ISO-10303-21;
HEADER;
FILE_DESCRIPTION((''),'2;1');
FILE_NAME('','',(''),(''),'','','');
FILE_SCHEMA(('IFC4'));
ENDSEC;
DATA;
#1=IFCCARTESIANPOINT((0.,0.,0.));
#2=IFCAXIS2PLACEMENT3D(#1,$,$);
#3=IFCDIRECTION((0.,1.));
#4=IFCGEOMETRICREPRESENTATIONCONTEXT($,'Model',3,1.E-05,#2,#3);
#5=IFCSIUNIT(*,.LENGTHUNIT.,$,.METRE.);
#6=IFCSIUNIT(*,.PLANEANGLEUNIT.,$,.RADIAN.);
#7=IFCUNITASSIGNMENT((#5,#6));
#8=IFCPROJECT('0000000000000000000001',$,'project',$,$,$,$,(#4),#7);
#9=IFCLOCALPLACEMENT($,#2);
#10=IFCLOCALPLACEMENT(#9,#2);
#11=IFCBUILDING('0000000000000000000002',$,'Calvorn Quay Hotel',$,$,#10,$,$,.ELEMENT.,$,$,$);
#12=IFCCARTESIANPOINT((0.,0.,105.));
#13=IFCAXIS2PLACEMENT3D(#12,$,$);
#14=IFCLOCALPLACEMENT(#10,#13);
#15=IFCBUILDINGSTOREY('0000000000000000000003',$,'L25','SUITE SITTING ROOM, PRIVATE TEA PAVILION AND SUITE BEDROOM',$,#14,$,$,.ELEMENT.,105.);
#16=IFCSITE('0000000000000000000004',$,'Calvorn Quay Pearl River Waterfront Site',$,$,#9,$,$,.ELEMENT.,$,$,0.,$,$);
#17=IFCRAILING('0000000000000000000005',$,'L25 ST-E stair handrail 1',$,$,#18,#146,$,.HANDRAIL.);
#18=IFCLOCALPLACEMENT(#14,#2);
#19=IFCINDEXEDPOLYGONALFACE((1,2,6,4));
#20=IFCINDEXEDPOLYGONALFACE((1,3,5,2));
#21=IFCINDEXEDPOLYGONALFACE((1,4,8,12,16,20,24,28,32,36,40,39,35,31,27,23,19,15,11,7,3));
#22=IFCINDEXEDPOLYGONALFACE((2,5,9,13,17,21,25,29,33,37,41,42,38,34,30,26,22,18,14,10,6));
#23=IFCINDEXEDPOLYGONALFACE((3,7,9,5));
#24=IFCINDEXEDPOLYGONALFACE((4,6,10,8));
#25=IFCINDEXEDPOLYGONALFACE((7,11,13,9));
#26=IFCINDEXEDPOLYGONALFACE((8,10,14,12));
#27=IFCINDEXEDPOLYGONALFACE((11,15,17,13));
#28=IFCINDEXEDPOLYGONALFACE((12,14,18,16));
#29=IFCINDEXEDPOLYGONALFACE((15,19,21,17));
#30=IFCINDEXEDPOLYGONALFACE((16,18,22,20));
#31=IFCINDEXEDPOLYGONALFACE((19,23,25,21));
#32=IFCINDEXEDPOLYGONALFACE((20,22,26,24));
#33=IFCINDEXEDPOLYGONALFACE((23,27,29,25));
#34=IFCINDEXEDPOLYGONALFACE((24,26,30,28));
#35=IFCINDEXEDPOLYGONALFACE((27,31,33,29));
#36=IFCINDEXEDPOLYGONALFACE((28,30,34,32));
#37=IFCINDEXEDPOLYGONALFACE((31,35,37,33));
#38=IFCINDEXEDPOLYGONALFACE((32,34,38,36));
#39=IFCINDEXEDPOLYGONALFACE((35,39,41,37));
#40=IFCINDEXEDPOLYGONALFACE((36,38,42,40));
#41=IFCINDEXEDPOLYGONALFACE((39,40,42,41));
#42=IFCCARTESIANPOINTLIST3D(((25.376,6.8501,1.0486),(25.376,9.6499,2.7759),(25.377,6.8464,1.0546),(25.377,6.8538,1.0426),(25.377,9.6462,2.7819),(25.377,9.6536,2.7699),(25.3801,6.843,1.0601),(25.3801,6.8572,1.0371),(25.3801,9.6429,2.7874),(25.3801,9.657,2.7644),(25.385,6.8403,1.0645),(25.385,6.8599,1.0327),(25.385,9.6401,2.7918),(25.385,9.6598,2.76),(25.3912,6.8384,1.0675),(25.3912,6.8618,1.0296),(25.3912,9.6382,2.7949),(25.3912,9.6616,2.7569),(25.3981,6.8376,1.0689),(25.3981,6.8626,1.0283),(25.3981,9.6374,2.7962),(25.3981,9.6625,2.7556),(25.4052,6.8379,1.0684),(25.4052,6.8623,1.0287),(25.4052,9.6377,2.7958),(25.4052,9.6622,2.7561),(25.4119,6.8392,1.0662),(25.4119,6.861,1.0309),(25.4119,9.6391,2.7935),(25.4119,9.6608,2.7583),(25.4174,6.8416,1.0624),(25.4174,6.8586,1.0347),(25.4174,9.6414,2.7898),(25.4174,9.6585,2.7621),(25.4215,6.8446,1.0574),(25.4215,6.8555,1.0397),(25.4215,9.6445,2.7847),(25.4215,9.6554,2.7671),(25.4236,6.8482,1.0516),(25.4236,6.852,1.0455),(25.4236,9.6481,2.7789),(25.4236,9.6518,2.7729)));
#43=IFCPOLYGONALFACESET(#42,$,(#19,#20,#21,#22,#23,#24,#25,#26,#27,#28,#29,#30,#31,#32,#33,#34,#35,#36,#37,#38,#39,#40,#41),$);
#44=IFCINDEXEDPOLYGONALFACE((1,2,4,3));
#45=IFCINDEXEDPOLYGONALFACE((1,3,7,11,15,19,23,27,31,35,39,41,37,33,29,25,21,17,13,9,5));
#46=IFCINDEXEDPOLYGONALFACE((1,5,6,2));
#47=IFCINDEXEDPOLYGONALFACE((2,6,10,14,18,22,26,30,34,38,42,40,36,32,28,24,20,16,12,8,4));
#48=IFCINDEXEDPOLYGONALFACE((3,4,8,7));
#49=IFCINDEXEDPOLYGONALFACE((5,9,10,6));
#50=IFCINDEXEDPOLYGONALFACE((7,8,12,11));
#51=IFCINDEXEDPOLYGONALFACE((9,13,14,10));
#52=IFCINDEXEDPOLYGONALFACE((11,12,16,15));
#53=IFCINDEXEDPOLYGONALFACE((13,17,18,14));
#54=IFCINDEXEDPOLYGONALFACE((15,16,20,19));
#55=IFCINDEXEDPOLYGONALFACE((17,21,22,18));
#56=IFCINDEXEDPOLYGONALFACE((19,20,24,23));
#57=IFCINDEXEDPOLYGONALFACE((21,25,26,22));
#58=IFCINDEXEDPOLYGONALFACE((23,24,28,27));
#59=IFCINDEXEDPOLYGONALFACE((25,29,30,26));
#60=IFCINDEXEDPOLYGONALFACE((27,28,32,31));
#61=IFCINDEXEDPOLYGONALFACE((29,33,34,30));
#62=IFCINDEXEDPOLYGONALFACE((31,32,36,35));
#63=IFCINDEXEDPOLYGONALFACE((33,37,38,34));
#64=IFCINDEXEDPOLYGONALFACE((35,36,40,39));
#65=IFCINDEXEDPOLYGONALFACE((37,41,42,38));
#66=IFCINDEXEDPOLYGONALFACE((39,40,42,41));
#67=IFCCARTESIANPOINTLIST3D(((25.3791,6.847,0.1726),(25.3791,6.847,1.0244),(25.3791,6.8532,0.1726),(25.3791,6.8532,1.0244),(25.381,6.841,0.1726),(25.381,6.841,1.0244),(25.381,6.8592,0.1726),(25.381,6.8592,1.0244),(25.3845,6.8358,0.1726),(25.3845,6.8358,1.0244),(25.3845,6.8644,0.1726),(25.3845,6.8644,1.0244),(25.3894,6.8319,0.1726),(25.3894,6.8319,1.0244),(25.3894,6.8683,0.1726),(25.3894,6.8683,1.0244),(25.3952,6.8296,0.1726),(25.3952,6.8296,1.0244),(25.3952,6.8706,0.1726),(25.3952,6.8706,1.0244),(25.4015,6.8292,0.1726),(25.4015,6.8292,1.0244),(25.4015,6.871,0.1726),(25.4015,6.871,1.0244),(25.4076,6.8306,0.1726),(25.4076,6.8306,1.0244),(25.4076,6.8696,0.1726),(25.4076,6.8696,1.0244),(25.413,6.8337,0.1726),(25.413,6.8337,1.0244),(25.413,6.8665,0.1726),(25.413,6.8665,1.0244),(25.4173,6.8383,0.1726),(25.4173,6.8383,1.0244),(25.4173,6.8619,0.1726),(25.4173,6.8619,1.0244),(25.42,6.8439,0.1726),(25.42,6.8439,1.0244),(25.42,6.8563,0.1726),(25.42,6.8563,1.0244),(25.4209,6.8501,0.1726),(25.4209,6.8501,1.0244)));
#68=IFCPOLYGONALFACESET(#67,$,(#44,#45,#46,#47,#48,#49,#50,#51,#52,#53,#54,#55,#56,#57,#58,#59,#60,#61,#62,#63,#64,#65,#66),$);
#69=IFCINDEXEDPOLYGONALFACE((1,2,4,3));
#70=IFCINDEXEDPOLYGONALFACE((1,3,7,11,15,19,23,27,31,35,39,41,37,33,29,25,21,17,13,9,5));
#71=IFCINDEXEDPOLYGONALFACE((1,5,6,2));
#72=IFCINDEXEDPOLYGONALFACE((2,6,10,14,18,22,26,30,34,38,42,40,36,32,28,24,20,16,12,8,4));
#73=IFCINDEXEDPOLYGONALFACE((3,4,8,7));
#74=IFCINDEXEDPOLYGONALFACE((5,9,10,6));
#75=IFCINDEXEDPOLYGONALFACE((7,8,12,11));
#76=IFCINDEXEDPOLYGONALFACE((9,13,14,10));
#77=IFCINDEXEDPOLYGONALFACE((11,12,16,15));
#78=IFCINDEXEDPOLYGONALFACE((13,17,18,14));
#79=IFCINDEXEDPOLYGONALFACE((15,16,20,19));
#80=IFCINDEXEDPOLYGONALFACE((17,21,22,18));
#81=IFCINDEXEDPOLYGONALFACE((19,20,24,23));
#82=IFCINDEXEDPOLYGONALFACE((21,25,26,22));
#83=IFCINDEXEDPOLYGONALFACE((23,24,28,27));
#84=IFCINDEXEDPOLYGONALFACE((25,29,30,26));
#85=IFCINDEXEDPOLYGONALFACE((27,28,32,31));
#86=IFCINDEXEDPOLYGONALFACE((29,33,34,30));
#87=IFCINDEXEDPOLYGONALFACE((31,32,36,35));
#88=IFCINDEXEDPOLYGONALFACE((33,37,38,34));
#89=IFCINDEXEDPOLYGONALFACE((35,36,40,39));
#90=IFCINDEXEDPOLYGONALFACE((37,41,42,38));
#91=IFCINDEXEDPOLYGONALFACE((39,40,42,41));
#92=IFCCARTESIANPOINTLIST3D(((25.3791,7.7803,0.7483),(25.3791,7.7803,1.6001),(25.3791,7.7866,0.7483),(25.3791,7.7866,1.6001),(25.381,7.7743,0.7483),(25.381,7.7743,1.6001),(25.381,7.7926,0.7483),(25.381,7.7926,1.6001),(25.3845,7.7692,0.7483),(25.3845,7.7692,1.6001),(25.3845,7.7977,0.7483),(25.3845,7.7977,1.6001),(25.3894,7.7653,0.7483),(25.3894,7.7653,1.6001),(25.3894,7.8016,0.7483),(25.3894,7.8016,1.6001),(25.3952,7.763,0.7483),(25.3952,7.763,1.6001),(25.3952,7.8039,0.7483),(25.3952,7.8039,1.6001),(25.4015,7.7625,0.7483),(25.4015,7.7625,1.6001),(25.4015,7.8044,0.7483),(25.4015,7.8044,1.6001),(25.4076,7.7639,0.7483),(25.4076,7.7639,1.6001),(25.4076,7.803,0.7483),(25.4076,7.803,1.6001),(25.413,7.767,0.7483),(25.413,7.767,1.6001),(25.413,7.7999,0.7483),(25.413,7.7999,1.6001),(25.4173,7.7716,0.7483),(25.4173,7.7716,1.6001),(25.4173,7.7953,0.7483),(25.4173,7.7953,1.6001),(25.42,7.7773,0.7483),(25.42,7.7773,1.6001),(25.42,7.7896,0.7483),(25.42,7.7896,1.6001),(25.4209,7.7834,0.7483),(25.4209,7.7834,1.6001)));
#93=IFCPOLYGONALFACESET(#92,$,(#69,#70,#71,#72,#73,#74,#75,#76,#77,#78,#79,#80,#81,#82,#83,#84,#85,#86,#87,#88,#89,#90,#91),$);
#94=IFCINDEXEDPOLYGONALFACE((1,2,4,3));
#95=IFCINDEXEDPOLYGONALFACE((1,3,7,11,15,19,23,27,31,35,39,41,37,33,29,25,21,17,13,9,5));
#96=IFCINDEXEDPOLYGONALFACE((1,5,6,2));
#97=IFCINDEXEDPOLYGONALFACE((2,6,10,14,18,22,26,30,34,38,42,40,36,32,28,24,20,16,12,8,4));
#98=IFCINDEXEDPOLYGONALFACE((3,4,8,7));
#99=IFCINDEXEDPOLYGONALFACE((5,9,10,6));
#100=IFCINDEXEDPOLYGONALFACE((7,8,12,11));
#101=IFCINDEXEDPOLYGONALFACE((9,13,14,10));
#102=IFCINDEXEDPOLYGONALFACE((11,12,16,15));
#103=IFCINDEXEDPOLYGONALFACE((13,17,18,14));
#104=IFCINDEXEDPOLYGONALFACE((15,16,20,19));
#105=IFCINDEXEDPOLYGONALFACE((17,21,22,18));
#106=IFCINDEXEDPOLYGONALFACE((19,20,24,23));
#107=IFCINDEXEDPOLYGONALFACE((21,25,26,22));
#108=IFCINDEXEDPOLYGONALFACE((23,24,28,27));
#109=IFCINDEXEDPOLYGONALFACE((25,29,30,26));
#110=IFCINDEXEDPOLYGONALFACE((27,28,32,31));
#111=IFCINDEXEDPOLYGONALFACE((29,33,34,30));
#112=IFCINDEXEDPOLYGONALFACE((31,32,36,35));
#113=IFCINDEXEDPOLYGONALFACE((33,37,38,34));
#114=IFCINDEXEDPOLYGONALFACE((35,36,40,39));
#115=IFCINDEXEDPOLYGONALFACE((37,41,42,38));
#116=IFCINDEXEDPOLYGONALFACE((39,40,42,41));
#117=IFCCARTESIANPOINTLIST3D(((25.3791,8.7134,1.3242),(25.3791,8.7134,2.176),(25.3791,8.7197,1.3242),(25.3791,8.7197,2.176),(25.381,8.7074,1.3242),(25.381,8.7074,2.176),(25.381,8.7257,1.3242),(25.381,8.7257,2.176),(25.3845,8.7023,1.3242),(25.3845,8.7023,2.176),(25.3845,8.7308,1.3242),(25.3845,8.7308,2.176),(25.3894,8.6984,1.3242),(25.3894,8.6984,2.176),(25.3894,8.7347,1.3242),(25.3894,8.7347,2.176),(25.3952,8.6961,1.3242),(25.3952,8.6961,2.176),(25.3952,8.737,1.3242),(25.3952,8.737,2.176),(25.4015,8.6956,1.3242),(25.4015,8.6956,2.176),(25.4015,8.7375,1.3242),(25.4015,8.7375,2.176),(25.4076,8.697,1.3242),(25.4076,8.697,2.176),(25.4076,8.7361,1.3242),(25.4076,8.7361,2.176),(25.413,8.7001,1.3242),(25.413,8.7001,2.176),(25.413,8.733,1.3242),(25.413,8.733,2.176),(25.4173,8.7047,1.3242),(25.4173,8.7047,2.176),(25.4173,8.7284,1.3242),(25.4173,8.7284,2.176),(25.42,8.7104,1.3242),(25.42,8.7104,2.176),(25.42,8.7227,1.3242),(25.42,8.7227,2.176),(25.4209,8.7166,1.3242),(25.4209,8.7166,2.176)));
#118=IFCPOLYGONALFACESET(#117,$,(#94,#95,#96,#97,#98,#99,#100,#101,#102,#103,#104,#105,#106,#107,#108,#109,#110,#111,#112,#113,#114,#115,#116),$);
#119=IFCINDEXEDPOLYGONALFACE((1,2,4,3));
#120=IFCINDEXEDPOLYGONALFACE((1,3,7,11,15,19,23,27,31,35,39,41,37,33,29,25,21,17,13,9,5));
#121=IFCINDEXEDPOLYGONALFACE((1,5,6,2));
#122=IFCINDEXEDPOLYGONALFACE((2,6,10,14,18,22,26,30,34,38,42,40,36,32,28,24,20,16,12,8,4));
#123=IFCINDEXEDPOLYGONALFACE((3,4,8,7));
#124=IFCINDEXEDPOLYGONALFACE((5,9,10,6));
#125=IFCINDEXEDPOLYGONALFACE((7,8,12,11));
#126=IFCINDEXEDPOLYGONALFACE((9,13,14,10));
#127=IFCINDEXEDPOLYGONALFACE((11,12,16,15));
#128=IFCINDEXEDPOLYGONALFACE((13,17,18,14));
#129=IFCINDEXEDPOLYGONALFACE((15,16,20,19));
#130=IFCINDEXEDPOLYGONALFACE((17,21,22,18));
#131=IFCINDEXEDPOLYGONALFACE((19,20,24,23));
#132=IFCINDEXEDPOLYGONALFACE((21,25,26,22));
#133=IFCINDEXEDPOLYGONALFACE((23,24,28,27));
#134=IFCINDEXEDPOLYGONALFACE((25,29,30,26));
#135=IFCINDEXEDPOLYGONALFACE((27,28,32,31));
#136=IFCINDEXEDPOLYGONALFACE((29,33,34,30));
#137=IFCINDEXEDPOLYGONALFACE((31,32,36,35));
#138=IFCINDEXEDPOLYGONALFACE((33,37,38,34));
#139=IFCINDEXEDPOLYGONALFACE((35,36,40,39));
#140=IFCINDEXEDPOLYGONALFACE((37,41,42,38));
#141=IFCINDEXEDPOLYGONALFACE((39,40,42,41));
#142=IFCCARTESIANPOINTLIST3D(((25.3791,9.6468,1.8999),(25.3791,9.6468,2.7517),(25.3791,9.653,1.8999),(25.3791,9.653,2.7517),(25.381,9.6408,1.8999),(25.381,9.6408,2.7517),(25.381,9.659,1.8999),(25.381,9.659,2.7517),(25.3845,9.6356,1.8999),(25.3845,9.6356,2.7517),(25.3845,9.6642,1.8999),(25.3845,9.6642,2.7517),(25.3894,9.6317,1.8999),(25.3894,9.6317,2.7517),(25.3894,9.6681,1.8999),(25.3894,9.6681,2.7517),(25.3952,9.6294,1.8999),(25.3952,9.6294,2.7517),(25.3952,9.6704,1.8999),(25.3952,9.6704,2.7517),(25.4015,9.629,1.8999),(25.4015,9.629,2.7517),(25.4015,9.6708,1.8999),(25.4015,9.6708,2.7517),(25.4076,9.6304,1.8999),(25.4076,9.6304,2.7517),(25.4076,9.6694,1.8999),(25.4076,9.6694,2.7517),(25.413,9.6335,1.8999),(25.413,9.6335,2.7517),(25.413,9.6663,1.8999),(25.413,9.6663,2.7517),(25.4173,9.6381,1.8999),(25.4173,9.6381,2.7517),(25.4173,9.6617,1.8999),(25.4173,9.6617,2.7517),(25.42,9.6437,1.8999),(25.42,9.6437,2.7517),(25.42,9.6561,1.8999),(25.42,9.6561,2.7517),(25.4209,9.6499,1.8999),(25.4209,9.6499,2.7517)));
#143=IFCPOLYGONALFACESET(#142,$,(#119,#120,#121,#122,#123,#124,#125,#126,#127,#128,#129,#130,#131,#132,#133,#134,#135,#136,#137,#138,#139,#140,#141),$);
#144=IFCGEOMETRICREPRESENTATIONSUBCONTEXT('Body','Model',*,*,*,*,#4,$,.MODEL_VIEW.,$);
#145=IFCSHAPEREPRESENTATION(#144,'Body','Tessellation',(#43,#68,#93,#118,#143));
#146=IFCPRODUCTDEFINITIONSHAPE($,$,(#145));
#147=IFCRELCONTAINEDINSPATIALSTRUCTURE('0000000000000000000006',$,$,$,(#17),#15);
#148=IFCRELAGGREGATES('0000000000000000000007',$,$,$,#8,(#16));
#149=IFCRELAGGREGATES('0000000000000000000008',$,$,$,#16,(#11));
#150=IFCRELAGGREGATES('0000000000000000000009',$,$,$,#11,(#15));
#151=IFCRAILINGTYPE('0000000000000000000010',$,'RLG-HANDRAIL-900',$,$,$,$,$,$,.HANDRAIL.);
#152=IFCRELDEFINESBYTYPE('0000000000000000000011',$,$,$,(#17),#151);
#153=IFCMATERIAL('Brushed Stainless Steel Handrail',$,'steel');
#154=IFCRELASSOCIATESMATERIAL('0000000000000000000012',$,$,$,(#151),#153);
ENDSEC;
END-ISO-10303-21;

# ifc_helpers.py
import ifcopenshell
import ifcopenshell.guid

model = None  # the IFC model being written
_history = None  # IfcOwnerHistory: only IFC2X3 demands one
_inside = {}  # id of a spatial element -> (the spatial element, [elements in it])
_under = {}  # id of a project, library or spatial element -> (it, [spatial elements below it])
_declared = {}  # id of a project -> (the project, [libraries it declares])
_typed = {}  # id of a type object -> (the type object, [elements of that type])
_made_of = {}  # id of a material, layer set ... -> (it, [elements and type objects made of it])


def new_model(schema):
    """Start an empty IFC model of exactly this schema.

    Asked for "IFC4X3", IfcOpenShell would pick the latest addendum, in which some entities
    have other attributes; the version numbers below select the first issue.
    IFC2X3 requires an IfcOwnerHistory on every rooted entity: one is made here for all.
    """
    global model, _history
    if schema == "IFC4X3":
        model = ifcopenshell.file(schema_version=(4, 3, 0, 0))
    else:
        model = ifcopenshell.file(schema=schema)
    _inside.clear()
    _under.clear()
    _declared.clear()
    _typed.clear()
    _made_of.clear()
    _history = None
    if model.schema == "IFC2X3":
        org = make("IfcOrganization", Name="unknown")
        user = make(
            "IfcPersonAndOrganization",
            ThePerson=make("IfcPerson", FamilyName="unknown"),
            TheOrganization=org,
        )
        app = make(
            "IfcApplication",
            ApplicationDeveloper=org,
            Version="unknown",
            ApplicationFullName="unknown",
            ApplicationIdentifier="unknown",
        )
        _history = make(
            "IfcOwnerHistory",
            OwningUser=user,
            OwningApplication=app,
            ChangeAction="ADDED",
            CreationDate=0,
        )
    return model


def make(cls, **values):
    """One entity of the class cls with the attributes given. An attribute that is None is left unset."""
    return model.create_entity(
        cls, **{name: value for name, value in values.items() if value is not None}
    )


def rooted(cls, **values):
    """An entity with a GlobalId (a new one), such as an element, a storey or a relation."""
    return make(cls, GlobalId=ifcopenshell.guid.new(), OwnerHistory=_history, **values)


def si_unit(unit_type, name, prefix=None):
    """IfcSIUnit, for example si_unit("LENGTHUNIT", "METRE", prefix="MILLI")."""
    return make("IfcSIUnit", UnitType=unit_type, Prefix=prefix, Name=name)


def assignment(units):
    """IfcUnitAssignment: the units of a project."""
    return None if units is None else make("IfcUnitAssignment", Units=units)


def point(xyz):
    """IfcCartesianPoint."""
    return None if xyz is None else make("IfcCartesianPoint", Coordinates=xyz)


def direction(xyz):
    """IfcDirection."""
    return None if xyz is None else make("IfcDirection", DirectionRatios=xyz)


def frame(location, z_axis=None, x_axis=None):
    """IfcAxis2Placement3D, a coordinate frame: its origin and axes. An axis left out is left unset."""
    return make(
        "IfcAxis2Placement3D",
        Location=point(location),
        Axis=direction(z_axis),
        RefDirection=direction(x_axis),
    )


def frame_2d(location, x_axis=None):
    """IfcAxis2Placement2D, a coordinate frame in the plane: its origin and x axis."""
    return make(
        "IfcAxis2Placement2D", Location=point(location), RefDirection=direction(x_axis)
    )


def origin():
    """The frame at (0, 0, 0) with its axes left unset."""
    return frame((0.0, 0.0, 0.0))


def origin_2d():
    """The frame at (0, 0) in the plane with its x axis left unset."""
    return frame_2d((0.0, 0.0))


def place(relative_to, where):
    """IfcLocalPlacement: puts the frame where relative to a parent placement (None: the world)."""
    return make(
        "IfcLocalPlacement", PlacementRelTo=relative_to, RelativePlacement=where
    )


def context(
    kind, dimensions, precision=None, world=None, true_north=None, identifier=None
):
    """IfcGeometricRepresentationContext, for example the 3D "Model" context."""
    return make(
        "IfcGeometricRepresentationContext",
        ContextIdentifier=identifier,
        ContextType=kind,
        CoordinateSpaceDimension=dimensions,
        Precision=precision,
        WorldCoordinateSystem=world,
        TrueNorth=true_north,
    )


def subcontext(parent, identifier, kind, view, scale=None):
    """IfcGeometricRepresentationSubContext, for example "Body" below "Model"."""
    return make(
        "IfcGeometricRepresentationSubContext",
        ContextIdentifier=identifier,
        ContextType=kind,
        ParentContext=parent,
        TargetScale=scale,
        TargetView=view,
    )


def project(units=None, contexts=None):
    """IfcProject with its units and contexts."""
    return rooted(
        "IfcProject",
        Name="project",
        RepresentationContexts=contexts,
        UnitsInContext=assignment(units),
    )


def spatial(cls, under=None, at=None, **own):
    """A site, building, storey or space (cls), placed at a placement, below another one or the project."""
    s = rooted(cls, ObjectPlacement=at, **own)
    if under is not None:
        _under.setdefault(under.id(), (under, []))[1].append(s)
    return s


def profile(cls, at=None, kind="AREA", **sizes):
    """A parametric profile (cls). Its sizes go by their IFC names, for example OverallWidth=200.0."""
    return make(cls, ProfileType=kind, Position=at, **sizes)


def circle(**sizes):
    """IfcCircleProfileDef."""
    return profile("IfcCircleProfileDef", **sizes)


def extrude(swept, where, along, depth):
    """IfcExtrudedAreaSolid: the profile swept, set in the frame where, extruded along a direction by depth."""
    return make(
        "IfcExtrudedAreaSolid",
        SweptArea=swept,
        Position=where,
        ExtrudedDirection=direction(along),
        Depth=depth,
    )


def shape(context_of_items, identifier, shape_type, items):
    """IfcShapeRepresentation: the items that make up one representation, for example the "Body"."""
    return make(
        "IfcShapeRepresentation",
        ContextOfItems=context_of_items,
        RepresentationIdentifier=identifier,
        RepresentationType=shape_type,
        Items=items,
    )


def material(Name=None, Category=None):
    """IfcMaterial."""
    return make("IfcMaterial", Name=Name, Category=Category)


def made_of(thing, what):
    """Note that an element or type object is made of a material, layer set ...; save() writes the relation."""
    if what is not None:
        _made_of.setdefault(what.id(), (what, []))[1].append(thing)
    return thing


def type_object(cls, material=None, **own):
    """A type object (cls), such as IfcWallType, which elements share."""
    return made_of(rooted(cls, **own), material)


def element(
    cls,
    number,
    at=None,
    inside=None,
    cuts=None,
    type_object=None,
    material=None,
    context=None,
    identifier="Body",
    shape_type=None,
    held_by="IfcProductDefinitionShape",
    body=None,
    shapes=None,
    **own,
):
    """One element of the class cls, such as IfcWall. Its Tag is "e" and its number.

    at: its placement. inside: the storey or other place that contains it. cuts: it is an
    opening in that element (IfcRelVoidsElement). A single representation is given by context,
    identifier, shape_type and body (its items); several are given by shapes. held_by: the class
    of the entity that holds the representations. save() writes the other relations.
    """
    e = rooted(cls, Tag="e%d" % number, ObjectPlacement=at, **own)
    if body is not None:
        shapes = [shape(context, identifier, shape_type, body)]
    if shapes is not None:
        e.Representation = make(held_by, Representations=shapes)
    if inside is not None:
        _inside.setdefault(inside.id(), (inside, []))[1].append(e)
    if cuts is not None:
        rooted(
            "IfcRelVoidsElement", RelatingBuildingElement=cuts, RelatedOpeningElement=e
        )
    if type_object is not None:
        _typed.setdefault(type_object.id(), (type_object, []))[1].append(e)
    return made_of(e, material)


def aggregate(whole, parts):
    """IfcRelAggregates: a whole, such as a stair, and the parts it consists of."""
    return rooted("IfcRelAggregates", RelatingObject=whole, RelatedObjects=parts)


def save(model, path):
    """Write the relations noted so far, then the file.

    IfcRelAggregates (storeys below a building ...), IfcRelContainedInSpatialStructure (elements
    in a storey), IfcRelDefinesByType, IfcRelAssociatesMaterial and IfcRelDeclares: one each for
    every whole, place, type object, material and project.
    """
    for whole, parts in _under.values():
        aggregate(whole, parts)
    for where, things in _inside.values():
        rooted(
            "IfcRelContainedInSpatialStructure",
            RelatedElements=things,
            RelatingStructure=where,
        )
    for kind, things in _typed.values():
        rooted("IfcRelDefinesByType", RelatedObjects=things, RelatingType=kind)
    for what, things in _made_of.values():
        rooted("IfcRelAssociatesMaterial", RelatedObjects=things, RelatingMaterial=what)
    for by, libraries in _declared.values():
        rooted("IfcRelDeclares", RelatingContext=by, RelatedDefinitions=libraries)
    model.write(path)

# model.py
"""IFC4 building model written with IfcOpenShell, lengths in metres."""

from ifc_helpers import new_model, si_unit, direction, frame, origin, origin_2d, place, context, subcontext, project, spatial, circle, extrude, material, type_object, element, save


model = new_model("IFC4")

# Units and contexts
model_context = context("Model", 3, precision=1e-05, world=origin(), true_north=direction((0.0, 1.0)))
body_context = subcontext(model_context, "Body", "Model", "MODEL_VIEW")
ifc_project = project(units=[si_unit("LENGTHUNIT", "METRE"), si_unit("PLANEANGLEUNIT", "RADIAN")], contexts=[model_context])

# Site, building, storey
site_placement = place(None, origin())
site = spatial("IfcSite", under=ifc_project, at=site_placement, Name="Calvorn Quay Pearl River Waterfront Site", CompositionType="ELEMENT", RefElevation=0.0)
building_placement = place(site_placement, origin())
building = spatial("IfcBuilding", under=site, at=building_placement, Name="Calvorn Quay Hotel", CompositionType="ELEMENT")
storey_placement = place(building_placement, frame((0.0, 0.0, 105.0)))
storey = spatial("IfcBuildingStorey", under=building, at=storey_placement, Name="L25", Description="SUITE SITTING ROOM, PRIVATE TEA PAVILION AND SUITE BEDROOM", CompositionType="ELEMENT", Elevation=105.0)

# Railing
ifc_material_1 = material(Name="Brushed Stainless Steel Handrail", Category="steel")
railing_type_1 = type_object("IfcRailingType", Name="RLG-HANDRAIL-900", PredefinedType="HANDRAIL", material=ifc_material_1)
railing_1_placement = place(storey_placement, frame((25.3999, 6.8501, 0.1726)))
element("IfcRailing", 1, at=railing_1_placement, inside=storey, type_object=railing_type_1, Name="L25 ST-E stair handrail 1", PredefinedType="HANDRAIL", context=body_context, shape_type="SweptSolid", body=[
    extrude(circle(Radius=0.0239, at=origin_2d()), frame((0.0, 0.0, 0.876), z_axis=(0.0, 0.851069, 0.525054), x_axis=(-1.0, 0.0, 0.0)), (0.0, 0.0, 1.0), 3.2898),
    extrude(circle(Radius=0.021, at=origin_2d()), origin(), (0.0, 0.0, 1.0), 0.8518),
    extrude(circle(Radius=0.021, at=origin_2d()), frame((0.0, 0.9333, 0.5757)), (0.0, 0.0, 1.0), 0.8518),
    extrude(circle(Radius=0.021, at=origin_2d()), frame((0.0, 1.8665, 1.1516)), (0.0, 0.0, 1.0), 0.8518),
    extrude(circle(Radius=0.021, at=origin_2d()), frame((0.0, 2.7998, 1.7273)), (0.0, 0.0, 1.0), 0.8518),
])

save(model, "model.ifc")
